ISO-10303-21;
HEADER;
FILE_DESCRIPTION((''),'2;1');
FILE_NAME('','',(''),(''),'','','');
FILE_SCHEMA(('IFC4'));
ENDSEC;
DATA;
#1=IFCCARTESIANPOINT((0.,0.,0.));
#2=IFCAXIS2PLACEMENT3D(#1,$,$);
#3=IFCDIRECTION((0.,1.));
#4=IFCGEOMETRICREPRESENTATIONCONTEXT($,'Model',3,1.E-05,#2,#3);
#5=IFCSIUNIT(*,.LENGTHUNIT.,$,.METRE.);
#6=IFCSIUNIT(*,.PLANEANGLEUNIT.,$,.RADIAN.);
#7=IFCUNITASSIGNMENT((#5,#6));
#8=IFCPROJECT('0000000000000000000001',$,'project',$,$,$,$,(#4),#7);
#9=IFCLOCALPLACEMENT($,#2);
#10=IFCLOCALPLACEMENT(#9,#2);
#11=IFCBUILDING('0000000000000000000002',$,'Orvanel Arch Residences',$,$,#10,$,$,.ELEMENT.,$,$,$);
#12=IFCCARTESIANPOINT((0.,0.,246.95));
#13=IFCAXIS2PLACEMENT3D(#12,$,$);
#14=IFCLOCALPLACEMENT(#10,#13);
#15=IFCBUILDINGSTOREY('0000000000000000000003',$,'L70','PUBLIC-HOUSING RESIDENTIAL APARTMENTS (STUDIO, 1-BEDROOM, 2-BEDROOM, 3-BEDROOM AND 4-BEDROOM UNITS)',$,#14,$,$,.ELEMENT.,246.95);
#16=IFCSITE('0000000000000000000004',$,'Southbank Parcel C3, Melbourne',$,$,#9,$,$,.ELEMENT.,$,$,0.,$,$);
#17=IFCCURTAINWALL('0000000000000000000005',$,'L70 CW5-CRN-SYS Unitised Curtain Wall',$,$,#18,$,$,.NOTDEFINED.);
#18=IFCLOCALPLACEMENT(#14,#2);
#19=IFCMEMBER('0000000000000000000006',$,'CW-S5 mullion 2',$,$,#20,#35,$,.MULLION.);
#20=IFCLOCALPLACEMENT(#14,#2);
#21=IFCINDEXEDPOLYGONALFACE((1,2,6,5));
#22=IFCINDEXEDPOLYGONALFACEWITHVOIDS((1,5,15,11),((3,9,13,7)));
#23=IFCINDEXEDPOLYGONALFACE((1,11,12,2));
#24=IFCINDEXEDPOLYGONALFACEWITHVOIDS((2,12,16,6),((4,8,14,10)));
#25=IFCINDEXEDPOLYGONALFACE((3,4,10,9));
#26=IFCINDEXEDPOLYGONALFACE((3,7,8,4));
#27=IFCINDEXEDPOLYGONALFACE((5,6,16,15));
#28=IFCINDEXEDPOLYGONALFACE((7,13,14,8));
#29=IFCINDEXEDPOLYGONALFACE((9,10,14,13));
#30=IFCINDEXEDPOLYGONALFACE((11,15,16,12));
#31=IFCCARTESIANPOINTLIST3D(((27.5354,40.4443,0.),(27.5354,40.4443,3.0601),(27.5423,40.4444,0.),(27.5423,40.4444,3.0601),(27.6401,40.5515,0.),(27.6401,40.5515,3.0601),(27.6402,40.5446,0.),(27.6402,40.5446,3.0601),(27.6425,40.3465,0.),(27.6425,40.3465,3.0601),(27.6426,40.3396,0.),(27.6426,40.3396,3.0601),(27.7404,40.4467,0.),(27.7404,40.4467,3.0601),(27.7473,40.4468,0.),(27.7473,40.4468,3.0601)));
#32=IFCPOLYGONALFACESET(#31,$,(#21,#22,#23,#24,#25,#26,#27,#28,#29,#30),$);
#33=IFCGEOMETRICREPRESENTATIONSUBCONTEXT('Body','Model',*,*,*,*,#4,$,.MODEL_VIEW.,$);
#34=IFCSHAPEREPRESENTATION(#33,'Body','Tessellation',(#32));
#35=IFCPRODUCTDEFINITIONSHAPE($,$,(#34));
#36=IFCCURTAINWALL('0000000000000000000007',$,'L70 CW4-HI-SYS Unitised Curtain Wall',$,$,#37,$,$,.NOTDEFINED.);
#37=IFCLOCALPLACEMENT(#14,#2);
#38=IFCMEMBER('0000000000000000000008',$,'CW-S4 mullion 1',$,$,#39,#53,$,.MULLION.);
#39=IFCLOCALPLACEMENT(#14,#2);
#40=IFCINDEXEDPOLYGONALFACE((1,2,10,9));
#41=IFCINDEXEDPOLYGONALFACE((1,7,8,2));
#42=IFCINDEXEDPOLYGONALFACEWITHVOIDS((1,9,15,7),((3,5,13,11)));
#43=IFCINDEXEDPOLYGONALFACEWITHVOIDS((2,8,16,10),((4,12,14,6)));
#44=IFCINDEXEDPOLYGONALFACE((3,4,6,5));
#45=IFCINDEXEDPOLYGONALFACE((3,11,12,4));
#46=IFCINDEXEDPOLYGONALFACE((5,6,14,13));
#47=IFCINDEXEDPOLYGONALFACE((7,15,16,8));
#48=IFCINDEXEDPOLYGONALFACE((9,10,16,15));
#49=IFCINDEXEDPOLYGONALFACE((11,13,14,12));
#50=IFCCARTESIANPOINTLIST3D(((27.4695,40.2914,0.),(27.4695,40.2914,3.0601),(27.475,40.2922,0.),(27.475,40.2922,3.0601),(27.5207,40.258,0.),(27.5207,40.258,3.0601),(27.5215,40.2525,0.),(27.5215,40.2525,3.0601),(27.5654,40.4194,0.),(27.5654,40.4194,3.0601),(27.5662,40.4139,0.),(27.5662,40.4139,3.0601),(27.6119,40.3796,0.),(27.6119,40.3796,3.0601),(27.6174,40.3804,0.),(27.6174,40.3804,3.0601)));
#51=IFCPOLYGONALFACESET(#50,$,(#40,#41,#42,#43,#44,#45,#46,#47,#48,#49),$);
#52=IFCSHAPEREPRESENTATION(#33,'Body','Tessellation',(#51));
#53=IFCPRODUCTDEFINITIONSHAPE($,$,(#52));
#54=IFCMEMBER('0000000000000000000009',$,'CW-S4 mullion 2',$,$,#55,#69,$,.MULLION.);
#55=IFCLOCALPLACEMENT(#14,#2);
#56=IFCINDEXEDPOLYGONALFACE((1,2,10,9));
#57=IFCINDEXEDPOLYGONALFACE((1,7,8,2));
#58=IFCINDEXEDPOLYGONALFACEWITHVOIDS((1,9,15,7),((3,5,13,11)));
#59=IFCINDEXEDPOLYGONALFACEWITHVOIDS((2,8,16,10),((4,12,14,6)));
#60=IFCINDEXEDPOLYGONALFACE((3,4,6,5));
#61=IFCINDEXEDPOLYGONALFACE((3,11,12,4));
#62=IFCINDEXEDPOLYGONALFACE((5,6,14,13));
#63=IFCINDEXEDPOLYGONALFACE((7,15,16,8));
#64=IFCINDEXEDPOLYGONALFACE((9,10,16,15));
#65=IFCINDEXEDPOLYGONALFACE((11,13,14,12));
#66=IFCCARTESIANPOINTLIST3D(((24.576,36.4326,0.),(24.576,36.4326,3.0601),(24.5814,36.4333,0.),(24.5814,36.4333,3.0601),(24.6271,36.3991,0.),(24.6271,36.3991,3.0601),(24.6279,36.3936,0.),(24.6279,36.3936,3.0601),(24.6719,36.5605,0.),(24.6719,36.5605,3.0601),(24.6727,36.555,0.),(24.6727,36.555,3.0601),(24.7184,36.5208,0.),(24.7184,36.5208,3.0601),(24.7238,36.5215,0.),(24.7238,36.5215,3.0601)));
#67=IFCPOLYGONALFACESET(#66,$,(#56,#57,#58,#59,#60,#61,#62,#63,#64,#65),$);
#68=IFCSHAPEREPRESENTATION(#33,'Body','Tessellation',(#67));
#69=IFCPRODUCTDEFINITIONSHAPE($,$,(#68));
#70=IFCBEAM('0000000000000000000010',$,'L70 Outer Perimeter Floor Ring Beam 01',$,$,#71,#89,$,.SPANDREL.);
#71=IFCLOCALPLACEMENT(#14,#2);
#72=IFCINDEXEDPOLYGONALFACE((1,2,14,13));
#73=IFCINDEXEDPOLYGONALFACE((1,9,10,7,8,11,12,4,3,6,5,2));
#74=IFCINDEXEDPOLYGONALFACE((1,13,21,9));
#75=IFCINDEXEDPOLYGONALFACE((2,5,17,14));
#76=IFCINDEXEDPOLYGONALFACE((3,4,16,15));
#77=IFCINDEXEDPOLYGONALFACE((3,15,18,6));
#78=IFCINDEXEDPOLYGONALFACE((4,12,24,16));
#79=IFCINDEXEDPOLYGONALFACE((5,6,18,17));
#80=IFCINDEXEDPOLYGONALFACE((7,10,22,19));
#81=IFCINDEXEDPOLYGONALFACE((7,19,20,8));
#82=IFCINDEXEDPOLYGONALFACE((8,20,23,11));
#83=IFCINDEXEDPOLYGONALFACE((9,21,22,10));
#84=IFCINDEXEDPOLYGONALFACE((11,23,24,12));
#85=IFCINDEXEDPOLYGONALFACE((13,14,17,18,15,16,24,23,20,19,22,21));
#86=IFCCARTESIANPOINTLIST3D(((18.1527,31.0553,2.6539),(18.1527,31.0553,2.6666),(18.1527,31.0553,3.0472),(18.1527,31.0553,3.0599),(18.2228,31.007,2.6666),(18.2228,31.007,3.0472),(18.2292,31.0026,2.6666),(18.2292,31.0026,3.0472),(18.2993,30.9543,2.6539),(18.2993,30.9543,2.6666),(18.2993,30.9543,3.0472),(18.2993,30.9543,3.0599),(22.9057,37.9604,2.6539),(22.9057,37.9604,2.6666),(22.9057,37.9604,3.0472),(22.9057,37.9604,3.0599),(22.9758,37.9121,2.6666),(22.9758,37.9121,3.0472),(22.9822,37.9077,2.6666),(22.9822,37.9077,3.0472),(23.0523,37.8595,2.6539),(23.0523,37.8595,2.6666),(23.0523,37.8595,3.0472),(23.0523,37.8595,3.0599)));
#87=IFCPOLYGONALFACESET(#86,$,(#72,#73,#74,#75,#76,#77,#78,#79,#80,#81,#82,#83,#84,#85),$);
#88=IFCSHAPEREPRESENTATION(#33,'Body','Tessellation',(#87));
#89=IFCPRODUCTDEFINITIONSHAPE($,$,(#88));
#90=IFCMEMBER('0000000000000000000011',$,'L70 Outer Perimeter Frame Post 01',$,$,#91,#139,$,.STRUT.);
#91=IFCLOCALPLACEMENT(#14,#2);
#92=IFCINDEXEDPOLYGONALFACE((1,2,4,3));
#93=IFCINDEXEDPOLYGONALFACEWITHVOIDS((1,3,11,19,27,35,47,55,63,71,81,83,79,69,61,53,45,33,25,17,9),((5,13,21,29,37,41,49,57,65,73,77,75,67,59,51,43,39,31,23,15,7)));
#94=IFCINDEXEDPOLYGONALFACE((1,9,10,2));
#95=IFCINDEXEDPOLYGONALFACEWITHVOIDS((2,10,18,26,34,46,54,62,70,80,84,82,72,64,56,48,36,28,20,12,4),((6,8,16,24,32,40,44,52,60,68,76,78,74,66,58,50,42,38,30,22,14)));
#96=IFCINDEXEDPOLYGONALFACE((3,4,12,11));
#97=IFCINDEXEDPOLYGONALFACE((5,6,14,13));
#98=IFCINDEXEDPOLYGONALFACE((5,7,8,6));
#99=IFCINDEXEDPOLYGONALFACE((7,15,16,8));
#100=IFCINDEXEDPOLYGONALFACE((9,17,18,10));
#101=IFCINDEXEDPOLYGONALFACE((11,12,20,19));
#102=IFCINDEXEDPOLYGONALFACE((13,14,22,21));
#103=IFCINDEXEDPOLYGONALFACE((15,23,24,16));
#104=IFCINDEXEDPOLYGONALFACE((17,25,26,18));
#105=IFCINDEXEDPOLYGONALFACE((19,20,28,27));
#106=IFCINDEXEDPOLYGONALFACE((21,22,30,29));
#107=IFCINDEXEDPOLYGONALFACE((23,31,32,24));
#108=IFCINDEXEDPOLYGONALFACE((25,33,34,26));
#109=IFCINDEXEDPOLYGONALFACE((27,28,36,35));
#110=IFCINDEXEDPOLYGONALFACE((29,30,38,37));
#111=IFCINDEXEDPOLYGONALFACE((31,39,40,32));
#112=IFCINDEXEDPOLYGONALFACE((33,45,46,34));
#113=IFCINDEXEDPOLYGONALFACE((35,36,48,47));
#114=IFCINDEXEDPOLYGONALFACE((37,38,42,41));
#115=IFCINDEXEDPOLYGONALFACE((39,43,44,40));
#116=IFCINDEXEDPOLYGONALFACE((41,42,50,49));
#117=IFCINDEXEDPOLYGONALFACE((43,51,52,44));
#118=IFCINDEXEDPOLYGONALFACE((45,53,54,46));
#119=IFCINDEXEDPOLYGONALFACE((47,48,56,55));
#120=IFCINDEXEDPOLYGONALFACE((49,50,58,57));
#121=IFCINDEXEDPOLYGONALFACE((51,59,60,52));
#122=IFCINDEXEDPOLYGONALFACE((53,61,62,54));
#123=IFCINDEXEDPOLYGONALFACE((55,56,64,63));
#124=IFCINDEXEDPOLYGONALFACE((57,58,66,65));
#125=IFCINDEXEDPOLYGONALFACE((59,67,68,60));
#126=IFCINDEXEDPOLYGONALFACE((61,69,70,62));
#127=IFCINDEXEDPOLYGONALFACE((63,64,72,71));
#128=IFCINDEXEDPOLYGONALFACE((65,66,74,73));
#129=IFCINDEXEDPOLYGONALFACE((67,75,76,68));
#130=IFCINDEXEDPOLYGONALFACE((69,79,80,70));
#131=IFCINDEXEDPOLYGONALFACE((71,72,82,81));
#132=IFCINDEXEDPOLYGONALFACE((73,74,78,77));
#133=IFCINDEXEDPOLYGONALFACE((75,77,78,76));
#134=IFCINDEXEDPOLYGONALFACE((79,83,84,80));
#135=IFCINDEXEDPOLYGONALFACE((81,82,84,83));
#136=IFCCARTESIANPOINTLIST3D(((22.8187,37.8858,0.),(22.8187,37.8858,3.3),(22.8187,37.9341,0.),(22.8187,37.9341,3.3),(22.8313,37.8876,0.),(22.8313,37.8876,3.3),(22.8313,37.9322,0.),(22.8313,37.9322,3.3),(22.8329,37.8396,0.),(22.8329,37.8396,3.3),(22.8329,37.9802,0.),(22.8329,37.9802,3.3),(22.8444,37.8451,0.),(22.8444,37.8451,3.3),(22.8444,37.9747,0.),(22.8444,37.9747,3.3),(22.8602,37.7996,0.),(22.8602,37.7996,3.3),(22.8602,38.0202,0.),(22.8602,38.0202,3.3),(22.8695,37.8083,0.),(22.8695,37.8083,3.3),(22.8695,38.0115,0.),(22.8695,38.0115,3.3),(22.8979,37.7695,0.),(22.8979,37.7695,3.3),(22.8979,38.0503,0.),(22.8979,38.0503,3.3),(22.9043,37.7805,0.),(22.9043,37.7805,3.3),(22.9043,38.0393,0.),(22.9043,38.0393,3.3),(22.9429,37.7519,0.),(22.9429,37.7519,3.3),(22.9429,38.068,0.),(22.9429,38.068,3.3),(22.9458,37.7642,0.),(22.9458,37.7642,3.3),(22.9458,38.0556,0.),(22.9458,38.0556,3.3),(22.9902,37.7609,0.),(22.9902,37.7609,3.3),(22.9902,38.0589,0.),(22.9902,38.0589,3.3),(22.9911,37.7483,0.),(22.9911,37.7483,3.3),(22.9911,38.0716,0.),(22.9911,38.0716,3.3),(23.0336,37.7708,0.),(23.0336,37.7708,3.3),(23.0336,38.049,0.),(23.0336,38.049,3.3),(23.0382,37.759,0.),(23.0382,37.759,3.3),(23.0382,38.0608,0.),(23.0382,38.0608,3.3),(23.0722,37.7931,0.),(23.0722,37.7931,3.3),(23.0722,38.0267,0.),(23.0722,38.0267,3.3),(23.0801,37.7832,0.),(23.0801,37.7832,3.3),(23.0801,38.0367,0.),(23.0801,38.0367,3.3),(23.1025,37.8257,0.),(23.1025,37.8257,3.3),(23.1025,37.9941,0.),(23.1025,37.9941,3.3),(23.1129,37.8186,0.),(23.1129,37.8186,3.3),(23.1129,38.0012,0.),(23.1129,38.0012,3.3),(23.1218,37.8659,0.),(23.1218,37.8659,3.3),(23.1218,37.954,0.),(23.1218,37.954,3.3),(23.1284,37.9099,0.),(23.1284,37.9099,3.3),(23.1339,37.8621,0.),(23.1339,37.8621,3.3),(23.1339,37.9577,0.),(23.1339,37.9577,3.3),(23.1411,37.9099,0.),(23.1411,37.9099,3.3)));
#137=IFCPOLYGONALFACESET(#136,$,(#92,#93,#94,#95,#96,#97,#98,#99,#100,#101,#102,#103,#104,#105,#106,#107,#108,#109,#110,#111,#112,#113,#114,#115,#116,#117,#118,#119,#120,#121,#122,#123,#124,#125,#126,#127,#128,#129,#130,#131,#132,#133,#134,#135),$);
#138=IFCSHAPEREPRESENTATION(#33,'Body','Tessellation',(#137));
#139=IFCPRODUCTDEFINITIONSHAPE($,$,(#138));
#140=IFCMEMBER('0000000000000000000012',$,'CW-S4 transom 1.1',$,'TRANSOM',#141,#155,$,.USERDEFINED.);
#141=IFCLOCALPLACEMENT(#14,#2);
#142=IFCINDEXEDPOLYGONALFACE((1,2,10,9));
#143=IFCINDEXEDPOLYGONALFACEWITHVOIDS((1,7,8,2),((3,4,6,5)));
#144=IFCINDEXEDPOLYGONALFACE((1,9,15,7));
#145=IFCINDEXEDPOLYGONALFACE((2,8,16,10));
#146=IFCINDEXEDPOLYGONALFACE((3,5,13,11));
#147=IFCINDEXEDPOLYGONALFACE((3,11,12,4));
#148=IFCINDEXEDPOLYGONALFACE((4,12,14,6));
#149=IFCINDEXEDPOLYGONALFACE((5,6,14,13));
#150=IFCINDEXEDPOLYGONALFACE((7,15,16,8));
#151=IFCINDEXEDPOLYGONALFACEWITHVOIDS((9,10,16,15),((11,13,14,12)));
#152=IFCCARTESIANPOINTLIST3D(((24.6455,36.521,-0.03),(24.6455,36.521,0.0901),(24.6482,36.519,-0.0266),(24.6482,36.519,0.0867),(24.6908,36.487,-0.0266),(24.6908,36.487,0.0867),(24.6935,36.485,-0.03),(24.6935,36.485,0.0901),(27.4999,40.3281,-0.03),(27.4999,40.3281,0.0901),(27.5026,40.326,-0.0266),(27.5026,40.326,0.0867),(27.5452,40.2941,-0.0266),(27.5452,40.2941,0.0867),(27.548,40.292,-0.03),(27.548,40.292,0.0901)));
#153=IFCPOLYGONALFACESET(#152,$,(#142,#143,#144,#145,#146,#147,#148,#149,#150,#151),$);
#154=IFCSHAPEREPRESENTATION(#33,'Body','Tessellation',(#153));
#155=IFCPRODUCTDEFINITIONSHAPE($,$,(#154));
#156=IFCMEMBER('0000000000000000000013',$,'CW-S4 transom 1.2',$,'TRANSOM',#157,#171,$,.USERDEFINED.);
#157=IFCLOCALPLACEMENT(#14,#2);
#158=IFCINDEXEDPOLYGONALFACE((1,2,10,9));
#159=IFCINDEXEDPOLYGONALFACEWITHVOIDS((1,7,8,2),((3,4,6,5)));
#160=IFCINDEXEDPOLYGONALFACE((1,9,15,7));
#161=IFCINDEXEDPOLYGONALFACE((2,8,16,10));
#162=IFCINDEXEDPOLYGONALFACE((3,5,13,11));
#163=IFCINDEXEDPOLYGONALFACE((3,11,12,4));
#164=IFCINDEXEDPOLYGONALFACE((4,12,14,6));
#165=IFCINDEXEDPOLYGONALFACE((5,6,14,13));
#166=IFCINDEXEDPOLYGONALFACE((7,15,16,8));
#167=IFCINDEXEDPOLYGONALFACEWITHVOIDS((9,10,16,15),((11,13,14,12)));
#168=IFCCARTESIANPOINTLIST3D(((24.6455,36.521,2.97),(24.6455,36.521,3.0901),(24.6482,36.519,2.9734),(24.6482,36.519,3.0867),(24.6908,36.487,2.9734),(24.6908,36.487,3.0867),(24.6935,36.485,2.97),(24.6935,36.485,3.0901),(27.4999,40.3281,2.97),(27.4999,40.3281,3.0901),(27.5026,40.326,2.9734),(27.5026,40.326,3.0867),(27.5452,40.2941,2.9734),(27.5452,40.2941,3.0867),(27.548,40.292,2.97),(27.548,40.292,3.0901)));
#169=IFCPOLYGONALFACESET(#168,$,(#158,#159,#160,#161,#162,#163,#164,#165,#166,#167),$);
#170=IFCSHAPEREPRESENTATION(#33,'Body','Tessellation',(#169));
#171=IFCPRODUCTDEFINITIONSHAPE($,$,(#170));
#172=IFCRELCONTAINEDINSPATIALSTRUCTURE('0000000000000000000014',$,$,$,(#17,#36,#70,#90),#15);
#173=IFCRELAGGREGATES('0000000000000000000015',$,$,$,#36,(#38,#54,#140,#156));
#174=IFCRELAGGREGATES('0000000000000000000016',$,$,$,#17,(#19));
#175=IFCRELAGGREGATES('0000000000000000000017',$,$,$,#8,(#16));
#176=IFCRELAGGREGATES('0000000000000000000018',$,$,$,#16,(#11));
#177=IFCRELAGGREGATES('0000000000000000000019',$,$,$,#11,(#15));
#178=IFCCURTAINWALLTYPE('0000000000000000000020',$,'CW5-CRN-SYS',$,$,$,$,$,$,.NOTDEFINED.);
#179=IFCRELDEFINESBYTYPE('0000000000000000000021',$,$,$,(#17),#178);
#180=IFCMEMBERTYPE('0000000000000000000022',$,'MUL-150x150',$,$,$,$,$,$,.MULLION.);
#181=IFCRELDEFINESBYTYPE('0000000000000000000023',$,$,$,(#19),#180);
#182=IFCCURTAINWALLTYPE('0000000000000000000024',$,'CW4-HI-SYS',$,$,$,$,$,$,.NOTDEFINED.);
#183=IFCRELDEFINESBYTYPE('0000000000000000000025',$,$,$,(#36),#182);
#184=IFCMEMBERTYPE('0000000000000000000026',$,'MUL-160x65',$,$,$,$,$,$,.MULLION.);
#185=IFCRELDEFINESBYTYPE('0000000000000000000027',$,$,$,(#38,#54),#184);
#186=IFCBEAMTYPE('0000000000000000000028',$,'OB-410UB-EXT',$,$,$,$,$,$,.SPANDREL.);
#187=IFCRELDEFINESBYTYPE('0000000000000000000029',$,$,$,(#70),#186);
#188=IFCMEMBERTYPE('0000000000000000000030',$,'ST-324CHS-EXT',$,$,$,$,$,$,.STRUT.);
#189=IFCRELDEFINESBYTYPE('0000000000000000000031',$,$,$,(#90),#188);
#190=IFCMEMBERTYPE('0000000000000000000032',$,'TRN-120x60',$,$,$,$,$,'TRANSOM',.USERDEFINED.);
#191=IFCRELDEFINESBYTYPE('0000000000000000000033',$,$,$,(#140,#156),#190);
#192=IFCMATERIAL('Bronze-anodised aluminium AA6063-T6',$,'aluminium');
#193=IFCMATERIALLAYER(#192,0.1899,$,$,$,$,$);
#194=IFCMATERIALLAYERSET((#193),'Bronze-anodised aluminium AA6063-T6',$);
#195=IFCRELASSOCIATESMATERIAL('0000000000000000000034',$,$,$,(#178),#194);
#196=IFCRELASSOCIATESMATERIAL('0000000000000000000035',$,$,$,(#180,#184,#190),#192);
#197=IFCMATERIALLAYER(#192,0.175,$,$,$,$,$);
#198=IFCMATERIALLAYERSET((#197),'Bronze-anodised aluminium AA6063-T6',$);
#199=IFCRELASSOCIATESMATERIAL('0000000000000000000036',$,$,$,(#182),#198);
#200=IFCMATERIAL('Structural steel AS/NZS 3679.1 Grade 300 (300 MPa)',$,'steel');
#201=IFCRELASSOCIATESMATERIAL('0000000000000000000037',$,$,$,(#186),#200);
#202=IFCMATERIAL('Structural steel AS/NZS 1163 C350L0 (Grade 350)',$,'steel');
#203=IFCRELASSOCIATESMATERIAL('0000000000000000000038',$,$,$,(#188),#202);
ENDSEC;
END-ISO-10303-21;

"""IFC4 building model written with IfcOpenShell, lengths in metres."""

from ifc_helpers import new_model, si_unit, direction, frame, origin, origin_2d, place, context, subcontext, project, spatial, hollow_rectangle, hollow_circle, i_section, extrude, material, layer, layer_set, material_profile, profile_set, type_object, element, aggregate, save


model = new_model("IFC4")

# Units and contexts
model_context = context("Model", 3, precision=1e-05, world=origin(), true_north=direction((0.0, 1.0)))
body_context = subcontext(model_context, "Body", "Model", "MODEL_VIEW")
ifc_project = project(units=[si_unit("LENGTHUNIT", "METRE"), si_unit("PLANEANGLEUNIT", "RADIAN")], contexts=[model_context])

# Site, building, storey
site_placement = place(None, origin())
site = spatial("IfcSite", under=ifc_project, at=site_placement, Name="Southbank Parcel C3, Melbourne", CompositionType="ELEMENT", RefElevation=0.0)
building_placement = place(site_placement, origin())
building = spatial("IfcBuilding", under=site, at=building_placement, Name="Orvanel Arch Residences", CompositionType="ELEMENT")
storey_placement = place(building_placement, frame((0.0, 0.0, 246.95)))
storey = spatial("IfcBuildingStorey", under=building, at=storey_placement, Name="L70", Description="PUBLIC-HOUSING RESIDENTIAL APARTMENTS (STUDIO, 1-BEDROOM, 2-BEDROOM, 3-BEDROOM AND 4-BEDROOM UNITS)", CompositionType="ELEMENT", Elevation=246.95)

# Curtain wall, member
ifc_material_1 = material(Name="Bronze-anodised aluminium AA6063-T6", Category="aluminium")
ifc_layer_1 = layer(ifc_material_1, 0.1899)
ifc_layer_set_1 = layer_set([ifc_layer_1], Name="Bronze-anodised aluminium AA6063-T6")
curtain_wall_type_1 = type_object("IfcCurtainWallType", Name="CW5-CRN-SYS", PredefinedType="NOTDEFINED", material=ifc_layer_set_1)
curtain_wall_1_placement = place(storey_placement, origin())
curtain_wall_1 = element("IfcCurtainWall", 1, at=curtain_wall_1_placement, inside=storey, type_object=curtain_wall_type_1, Name="L70 CW5-CRN-SYS Unitised Curtain Wall", PredefinedType="NOTDEFINED")
ifc_material_profile_1 = material_profile(ifc_material_1, hollow_rectangle(XDim=0.1499, YDim=0.1499, WallThickness=0.0049, at=origin_2d()), Name="ALU150x150x5")
ifc_profile_set_1 = profile_set([ifc_material_profile_1], Name="Bronze-anodised aluminium AA6063-T6")
member_type_1 = type_object("IfcMemberType", Name="MUL-150x150", PredefinedType="MULLION", material=ifc_profile_set_1)
member_1_placement = place(storey_placement, frame((27.6414, 40.4456, 0.0), z_axis=(0.0, 0.0, 1.0), x_axis=(0.715149, -0.698972, 0.0)))
member_1 = element("IfcMember", 2, at=member_1_placement, type_object=member_type_1, Name="CW-S5 mullion 2", PredefinedType="MULLION", context=body_context, shape_type="SweptSolid", body=[
    extrude(hollow_rectangle(XDim=0.1499, YDim=0.1499, WallThickness=0.0049, at=origin_2d()), origin(), (0.0, 0.0, 1.0), 3.0601),
])

# Curtain wall, members
ifc_layer_2 = layer(ifc_material_1, 0.175)
ifc_layer_set_2 = layer_set([ifc_layer_2], Name="Bronze-anodised aluminium AA6063-T6")
curtain_wall_type_2 = type_object("IfcCurtainWallType", Name="CW4-HI-SYS", PredefinedType="NOTDEFINED", material=ifc_layer_set_2)
curtain_wall_2_placement = place(storey_placement, origin())
curtain_wall_2 = element("IfcCurtainWall", 3, at=curtain_wall_2_placement, inside=storey, type_object=curtain_wall_type_2, Name="L70 CW4-HI-SYS Unitised Curtain Wall", PredefinedType="NOTDEFINED")
ifc_material_profile_2 = material_profile(ifc_material_1, hollow_rectangle(XDim=0.0649, YDim=0.1599, WallThickness=0.0039, at=origin_2d()), Name="ALU160x65x4")
ifc_profile_set_2 = profile_set([ifc_material_profile_2], Name="Bronze-anodised aluminium AA6063-T6")
member_type_2 = type_object("IfcMemberType", Name="MUL-160x65", PredefinedType="MULLION", material=ifc_profile_set_2)
member_2_placement = place(storey_placement, frame((27.5435, 40.3359, 0.0), z_axis=(0.0, 0.0, 1.0), x_axis=(0.800074, -0.599901, 0.0)))
member_2 = element("IfcMember", 4, at=member_2_placement, type_object=member_type_2, Name="CW-S4 mullion 1", PredefinedType="MULLION", context=body_context, shape_type="SweptSolid", body=[
    extrude(hollow_rectangle(XDim=0.0649, YDim=0.1599, WallThickness=0.0039, at=origin_2d()), origin(), (0.0, 0.0, 1.0), 3.0601),
])
member_3_placement = place(storey_placement, frame((24.6499, 36.4771, 0.0), z_axis=(0.0, 0.0, 1.0), x_axis=(0.800074, -0.599901, 0.0)))
member_3 = element("IfcMember", 5, at=member_3_placement, type_object=member_type_2, Name="CW-S4 mullion 2", PredefinedType="MULLION", context=body_context, shape_type="SweptSolid", body=[
    extrude(hollow_rectangle(XDim=0.0649, YDim=0.1599, WallThickness=0.0039, at=origin_2d()), origin(), (0.0, 0.0, 1.0), 3.0601),
])

# Beam
ifc_material_2 = material(Name="Structural steel AS/NZS 3679.1 Grade 300 (300 MPa)", Category="steel")
ifc_material_profile_3 = material_profile(ifc_material_2, i_section(OverallWidth=0.178, OverallDepth=0.406, WebThickness=0.0078, FlangeThickness=0.0127, at=origin_2d()), Name="410UB59.7")
ifc_profile_set_3 = profile_set([ifc_material_profile_3], Name="Structural steel AS/NZS 3679.1 Grade 300 (300 MPa)")
beam_type = type_object("IfcBeamType", Name="OB-410UB-EXT", PredefinedType="SPANDREL", material=ifc_profile_set_3)
beam_placement = place(storey_placement, frame((22.979, 37.9099, 2.8569), z_axis=(-0.566992, -0.823723, 0.0), x_axis=(0.823723, -0.566992, 0.0)))
element("IfcBeam", 6, at=beam_placement, inside=storey, type_object=beam_type, Name="L70 Outer Perimeter Floor Ring Beam 01", PredefinedType="SPANDREL", context=body_context, shape_type="SweptSolid", body=[
    extrude(i_section(OverallWidth=0.178, OverallDepth=0.406, WebThickness=0.0078, FlangeThickness=0.0127, at=origin_2d()), origin(), (0.0, 0.0, 1.0), 8.3828),
])

# Members
ifc_material_3 = material(Name="Structural steel AS/NZS 1163 C350L0 (Grade 350)", Category="steel")
ifc_material_profile_4 = material_profile(ifc_material_3, hollow_circle(Radius=0.1621, WallThickness=0.0127, at=origin_2d()), Name="CHS324x12.7")
ifc_profile_set_4 = profile_set([ifc_material_profile_4], Name="Structural steel AS/NZS 1163 C350L0 (Grade 350)")
member_type_3 = type_object("IfcMemberType", Name="ST-324CHS-EXT", PredefinedType="STRUT", material=ifc_profile_set_4)
member_4_placement = place(storey_placement, frame((22.979, 37.9099, 0.0), z_axis=(0.0, 0.0, 1.0), x_axis=(1.0, 0.0, 0.0)))
element("IfcMember", 7, at=member_4_placement, inside=storey, type_object=member_type_3, Name="L70 Outer Perimeter Frame Post 01", PredefinedType="STRUT", context=body_context, shape_type="SweptSolid", body=[
    extrude(hollow_circle(Radius=0.1621, WallThickness=0.0127, at=origin_2d()), origin(), (0.0, 0.0, 1.0), 3.3),
])
ifc_material_profile_5 = material_profile(ifc_material_1, hollow_rectangle(XDim=0.0601, YDim=0.1201, WallThickness=0.0034, at=origin_2d()), Name="ALU120x60x3.5")
ifc_profile_set_5 = profile_set([ifc_material_profile_5], Name="Bronze-anodised aluminium AA6063-T6")
member_type_4 = type_object("IfcMemberType", Name="TRN-120x60", ElementType="TRANSOM", PredefinedType="USERDEFINED", material=ifc_profile_set_5)
member_5_placement = place(storey_placement, frame((27.5239, 40.3101, 0.03), z_axis=(-0.599885, -0.800086, 0.0), x_axis=(0.800086, -0.599885, 0.0)))
member_5 = element("IfcMember", 8, at=member_5_placement, type_object=member_type_4, Name="CW-S4 transom 1.1", ObjectType="TRANSOM", PredefinedType="USERDEFINED", context=body_context, shape_type="SweptSolid", body=[
    extrude(hollow_rectangle(XDim=0.0601, YDim=0.1201, WallThickness=0.0034, at=origin_2d()), origin(), (0.0, 0.0, 1.0), 4.7583),
])
member_6_placement = place(storey_placement, frame((27.5239, 40.3101, 3.03), z_axis=(-0.599885, -0.800086, 0.0), x_axis=(0.800086, -0.599885, 0.0)))
member_6 = element("IfcMember", 9, at=member_6_placement, type_object=member_type_4, Name="CW-S4 transom 1.2", ObjectType="TRANSOM", PredefinedType="USERDEFINED", context=body_context, shape_type="SweptSolid", body=[
    extrude(hollow_rectangle(XDim=0.0601, YDim=0.1201, WallThickness=0.0034, at=origin_2d()), origin(), (0.0, 0.0, 1.0), 4.7583),
])

aggregate(curtain_wall_2, [member_2, member_3, member_5, member_6])
aggregate(curtain_wall_1, [member_1])

save(model, "model.ifc")
